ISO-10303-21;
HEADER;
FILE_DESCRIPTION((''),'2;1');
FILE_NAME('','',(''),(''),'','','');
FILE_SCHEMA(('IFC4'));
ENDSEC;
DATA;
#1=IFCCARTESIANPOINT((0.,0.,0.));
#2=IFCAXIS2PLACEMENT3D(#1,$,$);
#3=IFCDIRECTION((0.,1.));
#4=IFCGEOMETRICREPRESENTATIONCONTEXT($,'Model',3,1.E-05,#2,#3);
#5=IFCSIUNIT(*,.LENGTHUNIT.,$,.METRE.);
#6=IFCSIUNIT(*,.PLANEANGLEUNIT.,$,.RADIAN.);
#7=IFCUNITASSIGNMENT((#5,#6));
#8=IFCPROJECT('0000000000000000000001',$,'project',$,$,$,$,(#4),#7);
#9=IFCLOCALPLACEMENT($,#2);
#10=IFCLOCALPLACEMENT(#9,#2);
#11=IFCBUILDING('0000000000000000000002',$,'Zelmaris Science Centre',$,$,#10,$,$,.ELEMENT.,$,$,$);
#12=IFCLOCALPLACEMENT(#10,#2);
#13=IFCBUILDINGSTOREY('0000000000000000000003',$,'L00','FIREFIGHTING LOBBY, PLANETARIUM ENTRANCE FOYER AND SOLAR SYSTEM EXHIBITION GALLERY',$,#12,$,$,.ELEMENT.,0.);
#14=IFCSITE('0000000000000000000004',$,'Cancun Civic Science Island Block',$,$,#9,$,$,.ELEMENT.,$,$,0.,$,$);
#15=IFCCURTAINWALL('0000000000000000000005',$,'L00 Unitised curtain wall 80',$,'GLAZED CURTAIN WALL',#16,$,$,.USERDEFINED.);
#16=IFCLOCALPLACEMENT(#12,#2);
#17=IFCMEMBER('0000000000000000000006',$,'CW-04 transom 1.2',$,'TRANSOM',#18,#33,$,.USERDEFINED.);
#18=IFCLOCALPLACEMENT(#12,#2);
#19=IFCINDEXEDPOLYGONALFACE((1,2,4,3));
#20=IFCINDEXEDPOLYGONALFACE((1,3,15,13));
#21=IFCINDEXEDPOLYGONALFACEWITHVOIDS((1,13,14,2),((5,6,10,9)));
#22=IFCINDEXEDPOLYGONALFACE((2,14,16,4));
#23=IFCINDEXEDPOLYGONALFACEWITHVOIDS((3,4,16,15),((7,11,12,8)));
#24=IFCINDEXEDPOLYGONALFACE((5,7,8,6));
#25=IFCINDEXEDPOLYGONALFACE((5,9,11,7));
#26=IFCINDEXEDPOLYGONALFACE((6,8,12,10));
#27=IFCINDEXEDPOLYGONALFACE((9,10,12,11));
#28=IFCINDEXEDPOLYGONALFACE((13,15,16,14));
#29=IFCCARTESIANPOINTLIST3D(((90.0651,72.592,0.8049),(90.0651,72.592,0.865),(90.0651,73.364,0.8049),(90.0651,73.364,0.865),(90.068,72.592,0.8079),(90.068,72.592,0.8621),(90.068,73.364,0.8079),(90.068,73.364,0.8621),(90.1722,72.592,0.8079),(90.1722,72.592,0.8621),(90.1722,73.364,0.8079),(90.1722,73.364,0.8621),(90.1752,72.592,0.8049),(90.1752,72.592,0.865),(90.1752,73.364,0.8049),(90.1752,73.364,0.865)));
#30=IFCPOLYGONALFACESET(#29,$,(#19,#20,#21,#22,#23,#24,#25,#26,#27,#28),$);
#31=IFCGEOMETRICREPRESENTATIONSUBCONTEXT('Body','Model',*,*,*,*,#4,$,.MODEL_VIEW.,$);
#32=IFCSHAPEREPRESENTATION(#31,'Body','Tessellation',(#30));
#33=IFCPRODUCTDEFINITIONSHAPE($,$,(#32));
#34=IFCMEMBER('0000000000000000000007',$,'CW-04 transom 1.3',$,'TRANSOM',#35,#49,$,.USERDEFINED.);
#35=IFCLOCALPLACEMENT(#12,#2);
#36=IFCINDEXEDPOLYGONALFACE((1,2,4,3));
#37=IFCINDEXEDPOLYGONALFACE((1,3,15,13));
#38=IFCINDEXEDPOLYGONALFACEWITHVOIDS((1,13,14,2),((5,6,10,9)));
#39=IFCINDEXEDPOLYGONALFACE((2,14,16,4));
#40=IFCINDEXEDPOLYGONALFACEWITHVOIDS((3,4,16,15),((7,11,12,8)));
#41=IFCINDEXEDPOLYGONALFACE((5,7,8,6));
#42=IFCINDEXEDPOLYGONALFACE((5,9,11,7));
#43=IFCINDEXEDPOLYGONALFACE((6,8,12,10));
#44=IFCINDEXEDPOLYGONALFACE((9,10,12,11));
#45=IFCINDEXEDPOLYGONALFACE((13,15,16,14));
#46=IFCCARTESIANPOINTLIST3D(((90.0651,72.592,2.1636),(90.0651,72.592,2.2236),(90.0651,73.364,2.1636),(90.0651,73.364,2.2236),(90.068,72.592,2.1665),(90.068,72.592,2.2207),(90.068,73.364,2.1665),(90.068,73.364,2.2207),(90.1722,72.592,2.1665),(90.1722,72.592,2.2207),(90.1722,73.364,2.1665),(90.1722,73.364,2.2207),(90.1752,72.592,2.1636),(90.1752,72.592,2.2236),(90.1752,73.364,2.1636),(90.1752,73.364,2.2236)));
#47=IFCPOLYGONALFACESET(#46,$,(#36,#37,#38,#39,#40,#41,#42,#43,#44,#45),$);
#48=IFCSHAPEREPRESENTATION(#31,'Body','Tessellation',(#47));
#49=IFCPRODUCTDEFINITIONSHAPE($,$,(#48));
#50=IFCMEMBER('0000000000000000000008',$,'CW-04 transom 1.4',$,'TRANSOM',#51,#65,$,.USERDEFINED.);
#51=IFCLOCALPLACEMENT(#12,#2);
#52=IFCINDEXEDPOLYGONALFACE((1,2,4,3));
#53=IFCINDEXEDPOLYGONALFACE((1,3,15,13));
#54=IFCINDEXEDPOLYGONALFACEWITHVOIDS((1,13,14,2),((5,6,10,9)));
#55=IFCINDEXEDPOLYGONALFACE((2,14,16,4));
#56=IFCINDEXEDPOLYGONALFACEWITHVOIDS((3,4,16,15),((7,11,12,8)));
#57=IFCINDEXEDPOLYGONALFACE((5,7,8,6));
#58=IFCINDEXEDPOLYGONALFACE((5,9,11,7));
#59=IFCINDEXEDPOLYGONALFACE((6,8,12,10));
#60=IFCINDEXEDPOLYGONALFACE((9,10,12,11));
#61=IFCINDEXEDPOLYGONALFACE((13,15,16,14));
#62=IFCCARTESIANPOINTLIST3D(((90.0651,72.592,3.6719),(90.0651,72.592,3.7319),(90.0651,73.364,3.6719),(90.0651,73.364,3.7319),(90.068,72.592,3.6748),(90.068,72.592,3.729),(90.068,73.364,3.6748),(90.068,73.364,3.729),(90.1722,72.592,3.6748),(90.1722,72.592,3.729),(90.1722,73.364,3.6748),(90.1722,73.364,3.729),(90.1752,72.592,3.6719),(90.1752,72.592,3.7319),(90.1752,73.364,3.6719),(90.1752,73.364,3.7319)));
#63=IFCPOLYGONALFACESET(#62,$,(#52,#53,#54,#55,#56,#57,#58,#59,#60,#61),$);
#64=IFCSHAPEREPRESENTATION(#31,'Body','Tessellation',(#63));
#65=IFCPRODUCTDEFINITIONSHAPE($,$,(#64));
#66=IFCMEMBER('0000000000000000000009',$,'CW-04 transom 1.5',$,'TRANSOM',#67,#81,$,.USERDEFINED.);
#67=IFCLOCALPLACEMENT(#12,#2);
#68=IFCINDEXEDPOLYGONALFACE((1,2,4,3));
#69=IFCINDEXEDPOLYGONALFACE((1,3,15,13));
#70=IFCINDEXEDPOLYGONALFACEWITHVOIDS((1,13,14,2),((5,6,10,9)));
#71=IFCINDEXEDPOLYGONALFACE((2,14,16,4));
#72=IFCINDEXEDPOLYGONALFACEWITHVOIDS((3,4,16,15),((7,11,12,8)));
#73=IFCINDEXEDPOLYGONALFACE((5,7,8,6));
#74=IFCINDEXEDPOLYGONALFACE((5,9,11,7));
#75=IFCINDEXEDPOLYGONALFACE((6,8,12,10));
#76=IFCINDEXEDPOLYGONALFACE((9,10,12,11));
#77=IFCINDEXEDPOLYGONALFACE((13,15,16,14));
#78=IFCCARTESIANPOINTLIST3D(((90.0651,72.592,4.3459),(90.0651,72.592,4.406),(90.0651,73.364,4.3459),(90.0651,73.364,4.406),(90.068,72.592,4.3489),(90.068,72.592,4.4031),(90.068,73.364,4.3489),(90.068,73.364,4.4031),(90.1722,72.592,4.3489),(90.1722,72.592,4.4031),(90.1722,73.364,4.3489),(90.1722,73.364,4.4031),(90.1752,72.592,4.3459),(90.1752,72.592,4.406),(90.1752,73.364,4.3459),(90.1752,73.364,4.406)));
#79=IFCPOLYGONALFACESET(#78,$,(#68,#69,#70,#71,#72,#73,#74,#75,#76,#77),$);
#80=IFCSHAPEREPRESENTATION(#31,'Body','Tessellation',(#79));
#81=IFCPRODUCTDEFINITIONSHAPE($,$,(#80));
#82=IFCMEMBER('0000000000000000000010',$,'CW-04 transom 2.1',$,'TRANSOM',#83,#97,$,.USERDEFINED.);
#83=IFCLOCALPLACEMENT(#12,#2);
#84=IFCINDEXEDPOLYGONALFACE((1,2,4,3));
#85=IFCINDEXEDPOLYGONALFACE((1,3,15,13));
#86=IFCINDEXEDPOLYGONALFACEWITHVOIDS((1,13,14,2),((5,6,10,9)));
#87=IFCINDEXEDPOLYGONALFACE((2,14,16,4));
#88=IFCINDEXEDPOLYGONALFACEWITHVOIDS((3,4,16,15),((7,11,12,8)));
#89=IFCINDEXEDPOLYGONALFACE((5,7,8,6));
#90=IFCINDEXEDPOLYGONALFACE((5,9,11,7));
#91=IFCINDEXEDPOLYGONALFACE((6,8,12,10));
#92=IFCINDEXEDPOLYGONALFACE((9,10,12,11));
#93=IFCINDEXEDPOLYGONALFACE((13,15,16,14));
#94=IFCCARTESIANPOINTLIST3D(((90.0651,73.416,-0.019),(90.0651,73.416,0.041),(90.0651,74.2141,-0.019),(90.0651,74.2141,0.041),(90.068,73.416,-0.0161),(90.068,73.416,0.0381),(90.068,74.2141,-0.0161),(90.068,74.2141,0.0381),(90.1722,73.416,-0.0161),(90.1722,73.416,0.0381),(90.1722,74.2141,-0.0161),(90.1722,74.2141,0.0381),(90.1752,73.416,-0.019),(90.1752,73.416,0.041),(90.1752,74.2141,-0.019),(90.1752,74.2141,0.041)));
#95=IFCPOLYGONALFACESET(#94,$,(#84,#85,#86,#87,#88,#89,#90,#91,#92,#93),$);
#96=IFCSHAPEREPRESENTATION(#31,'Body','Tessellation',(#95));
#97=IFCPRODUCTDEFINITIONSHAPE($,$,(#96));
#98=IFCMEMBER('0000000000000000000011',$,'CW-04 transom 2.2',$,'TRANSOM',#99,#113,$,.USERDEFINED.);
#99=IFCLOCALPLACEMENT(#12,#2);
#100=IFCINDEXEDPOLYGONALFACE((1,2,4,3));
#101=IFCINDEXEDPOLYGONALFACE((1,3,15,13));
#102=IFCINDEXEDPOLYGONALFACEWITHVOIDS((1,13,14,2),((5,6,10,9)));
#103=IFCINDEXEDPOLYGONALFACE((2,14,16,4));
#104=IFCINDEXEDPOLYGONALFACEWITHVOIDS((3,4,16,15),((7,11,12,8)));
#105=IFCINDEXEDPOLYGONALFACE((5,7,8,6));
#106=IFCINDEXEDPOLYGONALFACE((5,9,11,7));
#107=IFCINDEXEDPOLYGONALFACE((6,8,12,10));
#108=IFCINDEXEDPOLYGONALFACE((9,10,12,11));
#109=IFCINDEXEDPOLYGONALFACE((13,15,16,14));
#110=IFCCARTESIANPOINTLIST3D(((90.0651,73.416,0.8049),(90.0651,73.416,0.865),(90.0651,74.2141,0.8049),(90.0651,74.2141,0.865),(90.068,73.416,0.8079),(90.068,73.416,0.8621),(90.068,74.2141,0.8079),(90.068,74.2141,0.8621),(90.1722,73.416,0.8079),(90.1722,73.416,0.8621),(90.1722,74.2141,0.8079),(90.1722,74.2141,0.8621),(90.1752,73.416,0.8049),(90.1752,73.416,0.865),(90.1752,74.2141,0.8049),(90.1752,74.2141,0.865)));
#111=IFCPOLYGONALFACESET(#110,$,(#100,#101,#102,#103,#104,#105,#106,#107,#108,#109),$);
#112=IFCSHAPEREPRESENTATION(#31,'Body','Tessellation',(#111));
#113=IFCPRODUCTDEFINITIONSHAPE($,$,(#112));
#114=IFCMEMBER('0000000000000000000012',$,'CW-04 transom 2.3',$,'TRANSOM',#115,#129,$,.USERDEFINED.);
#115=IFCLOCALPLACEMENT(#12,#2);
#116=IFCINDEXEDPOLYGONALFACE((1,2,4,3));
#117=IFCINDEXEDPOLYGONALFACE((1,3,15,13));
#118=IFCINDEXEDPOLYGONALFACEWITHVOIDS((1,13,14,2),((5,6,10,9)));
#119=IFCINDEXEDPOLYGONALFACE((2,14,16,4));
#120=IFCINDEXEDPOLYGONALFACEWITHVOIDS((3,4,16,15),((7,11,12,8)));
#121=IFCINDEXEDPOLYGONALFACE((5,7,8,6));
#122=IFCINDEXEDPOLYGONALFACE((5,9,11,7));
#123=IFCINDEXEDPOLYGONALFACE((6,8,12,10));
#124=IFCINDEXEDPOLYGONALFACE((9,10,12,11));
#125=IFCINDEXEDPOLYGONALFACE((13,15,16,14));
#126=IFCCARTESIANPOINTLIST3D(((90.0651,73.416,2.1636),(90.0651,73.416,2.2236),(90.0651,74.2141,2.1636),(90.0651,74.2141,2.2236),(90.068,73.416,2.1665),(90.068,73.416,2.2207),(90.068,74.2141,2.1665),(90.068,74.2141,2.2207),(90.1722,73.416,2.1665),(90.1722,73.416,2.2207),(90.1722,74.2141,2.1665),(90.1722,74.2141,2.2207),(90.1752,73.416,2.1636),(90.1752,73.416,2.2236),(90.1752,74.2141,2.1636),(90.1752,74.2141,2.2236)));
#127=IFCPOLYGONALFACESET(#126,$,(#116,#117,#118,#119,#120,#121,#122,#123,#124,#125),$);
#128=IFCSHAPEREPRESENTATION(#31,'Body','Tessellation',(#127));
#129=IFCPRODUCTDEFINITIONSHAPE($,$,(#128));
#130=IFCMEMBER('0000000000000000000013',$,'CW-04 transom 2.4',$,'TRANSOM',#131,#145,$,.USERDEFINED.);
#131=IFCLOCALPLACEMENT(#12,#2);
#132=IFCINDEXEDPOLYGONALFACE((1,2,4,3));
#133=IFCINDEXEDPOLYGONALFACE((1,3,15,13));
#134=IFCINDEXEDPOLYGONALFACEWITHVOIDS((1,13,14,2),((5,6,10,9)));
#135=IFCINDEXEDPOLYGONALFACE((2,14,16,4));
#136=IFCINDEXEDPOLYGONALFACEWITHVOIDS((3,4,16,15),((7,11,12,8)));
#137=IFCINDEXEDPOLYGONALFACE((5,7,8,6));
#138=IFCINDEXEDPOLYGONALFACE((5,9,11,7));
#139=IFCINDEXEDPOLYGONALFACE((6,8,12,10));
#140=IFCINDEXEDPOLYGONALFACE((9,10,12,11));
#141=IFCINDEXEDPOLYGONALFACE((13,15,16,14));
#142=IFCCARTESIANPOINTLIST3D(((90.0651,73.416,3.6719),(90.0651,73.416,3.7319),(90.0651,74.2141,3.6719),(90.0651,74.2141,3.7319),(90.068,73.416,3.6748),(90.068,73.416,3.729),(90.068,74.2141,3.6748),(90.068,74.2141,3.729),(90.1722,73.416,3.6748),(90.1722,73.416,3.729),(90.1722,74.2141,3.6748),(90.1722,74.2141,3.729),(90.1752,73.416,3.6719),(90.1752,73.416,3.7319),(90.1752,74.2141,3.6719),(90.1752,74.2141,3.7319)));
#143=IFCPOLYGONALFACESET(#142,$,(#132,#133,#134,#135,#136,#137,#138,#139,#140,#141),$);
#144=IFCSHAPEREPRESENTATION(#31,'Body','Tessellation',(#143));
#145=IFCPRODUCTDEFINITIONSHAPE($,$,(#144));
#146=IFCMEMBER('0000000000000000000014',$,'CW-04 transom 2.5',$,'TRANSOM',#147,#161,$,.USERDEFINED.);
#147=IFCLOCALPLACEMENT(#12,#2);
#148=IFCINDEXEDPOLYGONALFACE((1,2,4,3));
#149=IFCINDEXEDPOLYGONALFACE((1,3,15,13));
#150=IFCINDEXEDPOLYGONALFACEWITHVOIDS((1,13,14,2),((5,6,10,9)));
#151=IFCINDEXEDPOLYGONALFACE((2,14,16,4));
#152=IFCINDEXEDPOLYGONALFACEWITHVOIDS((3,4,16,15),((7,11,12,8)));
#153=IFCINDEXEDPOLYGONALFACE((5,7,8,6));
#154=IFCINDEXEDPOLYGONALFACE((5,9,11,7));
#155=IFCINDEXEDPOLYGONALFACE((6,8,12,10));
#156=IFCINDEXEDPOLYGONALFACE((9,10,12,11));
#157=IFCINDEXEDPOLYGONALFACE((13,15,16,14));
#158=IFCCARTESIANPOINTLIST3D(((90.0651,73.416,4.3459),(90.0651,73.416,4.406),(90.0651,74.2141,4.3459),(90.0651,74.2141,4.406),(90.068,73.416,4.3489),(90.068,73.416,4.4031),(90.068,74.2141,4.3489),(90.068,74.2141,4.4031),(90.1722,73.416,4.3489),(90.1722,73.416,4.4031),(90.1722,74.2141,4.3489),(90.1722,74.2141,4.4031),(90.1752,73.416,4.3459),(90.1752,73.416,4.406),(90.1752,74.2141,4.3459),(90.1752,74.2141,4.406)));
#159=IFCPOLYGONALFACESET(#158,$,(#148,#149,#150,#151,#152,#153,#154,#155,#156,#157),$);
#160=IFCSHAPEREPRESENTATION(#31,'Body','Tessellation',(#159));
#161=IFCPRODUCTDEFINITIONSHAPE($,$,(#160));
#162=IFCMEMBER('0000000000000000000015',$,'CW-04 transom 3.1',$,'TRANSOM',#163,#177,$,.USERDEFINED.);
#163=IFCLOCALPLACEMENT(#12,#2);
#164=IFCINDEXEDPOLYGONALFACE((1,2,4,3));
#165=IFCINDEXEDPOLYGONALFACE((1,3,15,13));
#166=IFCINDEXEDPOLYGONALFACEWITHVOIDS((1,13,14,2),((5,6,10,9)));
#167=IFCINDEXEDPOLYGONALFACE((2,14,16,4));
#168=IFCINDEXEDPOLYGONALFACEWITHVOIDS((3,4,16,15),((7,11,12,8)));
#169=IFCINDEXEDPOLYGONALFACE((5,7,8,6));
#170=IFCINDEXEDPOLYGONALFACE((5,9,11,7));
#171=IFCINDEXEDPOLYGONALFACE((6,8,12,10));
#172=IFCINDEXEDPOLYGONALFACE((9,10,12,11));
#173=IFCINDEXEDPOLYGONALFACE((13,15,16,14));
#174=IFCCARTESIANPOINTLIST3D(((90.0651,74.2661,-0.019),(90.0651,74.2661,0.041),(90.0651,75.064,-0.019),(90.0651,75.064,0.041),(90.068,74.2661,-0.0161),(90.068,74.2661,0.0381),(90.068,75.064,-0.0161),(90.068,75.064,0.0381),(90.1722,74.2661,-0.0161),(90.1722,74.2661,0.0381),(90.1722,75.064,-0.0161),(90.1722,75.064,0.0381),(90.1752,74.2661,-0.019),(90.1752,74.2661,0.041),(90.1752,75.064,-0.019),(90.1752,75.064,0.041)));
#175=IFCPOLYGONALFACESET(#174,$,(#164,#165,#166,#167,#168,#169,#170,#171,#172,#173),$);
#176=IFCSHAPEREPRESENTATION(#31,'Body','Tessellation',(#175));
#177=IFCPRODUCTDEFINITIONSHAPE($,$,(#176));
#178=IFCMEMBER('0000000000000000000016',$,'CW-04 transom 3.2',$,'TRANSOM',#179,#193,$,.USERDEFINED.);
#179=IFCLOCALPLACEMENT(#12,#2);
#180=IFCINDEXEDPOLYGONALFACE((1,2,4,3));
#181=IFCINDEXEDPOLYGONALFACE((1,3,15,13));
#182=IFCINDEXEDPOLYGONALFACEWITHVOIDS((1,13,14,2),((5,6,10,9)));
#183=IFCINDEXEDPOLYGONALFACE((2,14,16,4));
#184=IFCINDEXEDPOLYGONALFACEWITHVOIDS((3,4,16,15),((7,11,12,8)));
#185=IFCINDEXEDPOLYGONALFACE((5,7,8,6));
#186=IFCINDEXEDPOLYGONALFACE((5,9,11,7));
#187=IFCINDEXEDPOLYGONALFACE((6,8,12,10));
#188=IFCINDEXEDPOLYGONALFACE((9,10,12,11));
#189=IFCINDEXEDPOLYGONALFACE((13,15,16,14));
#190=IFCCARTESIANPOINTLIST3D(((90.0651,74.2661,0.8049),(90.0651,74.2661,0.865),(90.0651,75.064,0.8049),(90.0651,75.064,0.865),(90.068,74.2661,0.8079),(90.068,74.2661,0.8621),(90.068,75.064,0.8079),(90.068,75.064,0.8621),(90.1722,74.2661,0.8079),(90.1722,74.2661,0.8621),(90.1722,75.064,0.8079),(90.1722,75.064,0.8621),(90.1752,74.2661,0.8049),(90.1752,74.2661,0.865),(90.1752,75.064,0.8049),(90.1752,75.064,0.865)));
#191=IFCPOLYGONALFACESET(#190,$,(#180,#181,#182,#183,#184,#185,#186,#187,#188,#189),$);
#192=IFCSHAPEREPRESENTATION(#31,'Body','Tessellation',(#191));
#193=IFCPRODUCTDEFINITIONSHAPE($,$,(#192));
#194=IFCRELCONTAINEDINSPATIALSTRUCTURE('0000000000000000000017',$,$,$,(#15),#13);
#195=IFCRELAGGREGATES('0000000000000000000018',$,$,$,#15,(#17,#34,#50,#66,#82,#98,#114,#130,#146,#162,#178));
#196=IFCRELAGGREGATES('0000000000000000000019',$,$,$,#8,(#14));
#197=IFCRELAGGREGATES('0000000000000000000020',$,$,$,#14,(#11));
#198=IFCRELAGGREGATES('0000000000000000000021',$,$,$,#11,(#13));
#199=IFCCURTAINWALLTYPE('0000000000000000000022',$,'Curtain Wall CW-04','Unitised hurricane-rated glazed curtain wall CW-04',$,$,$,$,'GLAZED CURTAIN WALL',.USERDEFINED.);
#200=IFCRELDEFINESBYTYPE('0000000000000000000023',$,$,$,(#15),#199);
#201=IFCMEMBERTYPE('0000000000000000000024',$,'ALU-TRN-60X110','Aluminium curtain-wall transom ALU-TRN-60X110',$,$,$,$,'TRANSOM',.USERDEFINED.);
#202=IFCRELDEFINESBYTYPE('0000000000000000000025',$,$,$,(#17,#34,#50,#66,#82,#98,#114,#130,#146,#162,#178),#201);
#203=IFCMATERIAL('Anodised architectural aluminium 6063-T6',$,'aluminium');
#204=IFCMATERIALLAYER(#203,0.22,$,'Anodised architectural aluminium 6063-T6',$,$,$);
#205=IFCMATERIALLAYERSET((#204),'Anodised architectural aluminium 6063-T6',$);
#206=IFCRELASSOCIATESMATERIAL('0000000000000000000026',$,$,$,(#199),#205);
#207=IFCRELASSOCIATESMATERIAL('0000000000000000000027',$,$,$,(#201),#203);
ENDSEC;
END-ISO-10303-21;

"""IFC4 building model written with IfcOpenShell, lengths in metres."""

from ifc_helpers import new_model, si_unit, direction, frame, origin, origin_2d, place, context, subcontext, project, spatial, hollow_rectangle, extrude, material, layer, layer_set, material_profile, profile_set, type_object, element, aggregate, save


model = new_model("IFC4")

# Units and contexts
model_context = context("Model", 3, precision=1e-05, world=origin(), true_north=direction((0.0, 1.0)))
body_context = subcontext(model_context, "Body", "Model", "MODEL_VIEW")
ifc_project = project(units=[si_unit("LENGTHUNIT", "METRE"), si_unit("PLANEANGLEUNIT", "RADIAN")], contexts=[model_context])

# Site, building, storey
site_placement = place(None, origin())
site = spatial("IfcSite", under=ifc_project, at=site_placement, Name="Cancun Civic Science Island Block", CompositionType="ELEMENT", RefElevation=0.0)
building_placement = place(site_placement, origin())
building = spatial("IfcBuilding", under=site, at=building_placement, Name="Zelmaris Science Centre", CompositionType="ELEMENT")
storey_placement = place(building_placement, origin())
storey = spatial("IfcBuildingStorey", under=building, at=storey_placement, Name="L00", Description="FIREFIGHTING LOBBY, PLANETARIUM ENTRANCE FOYER AND SOLAR SYSTEM EXHIBITION GALLERY", CompositionType="ELEMENT", Elevation=0.0)

# Curtain wall
ifc_material_1 = material(Name="Anodised architectural aluminium 6063-T6", Category="aluminium")
ifc_layer_1 = layer(ifc_material_1, 0.22, Name="Anodised architectural aluminium 6063-T6")
ifc_layer_set_1 = layer_set([ifc_layer_1], Name="Anodised architectural aluminium 6063-T6")
curtain_wall_type_1 = type_object("IfcCurtainWallType", Name="Curtain Wall CW-04", Description="Unitised hurricane-rated glazed curtain wall CW-04", ElementType="GLAZED CURTAIN WALL", PredefinedType="USERDEFINED", material=ifc_layer_set_1)
curtain_wall_1_placement = place(storey_placement, origin())
curtain_wall_1 = element("IfcCurtainWall", 1, at=curtain_wall_1_placement, inside=storey, type_object=curtain_wall_type_1, Name="L00 Unitised curtain wall 80", ObjectType="GLAZED CURTAIN WALL", PredefinedType="USERDEFINED")

# Members
ifc_material_profile_1 = material_profile(ifc_material_1, hollow_rectangle(XDim=0.0601, YDim=0.1101, WallThickness=0.0029, at=origin_2d()), Name="ALU-TRN-60X110")
ifc_profile_set_1 = profile_set([ifc_material_profile_1], Name="Anodised architectural aluminium 6063-T6")
member_type_1 = type_object("IfcMemberType", Name="ALU-TRN-60X110", Description="Aluminium curtain-wall transom ALU-TRN-60X110", ElementType="TRANSOM", PredefinedType="USERDEFINED", material=ifc_profile_set_1)
member_1_placement = place(storey_placement, frame((90.1201, 72.592, 0.835), z_axis=(0.0, 1.0, 0.0), x_axis=(0.0, 0.0, 1.0)))
member_1 = element("IfcMember", 2, at=member_1_placement, type_object=member_type_1, Name="CW-04 transom 1.2", ObjectType="TRANSOM", PredefinedType="USERDEFINED", context=body_context, shape_type="SweptSolid", body=[
    extrude(hollow_rectangle(XDim=0.0601, YDim=0.1101, WallThickness=0.0029, at=origin_2d()), origin(), (0.0, 0.0, 1.0), 0.772),
])
member_2_placement = place(storey_placement, frame((90.1201, 72.592, 2.1936), z_axis=(0.0, 1.0, 0.0), x_axis=(0.0, 0.0, 1.0)))
member_2 = element("IfcMember", 3, at=member_2_placement, type_object=member_type_1, Name="CW-04 transom 1.3", ObjectType="TRANSOM", PredefinedType="USERDEFINED", context=body_context, shape_type="SweptSolid", body=[
    extrude(hollow_rectangle(XDim=0.0601, YDim=0.1101, WallThickness=0.0029, at=origin_2d()), origin(), (0.0, 0.0, 1.0), 0.772),
])
member_3_placement = place(storey_placement, frame((90.1201, 72.592, 3.7019), z_axis=(0.0, 1.0, 0.0), x_axis=(0.0, 0.0, 1.0)))
member_3 = element("IfcMember", 4, at=member_3_placement, type_object=member_type_1, Name="CW-04 transom 1.4", ObjectType="TRANSOM", PredefinedType="USERDEFINED", context=body_context, shape_type="SweptSolid", body=[
    extrude(hollow_rectangle(XDim=0.0601, YDim=0.1101, WallThickness=0.0029, at=origin_2d()), origin(), (0.0, 0.0, 1.0), 0.772),
])
member_4_placement = place(storey_placement, frame((90.1201, 72.592, 4.376), z_axis=(0.0, 1.0, 0.0), x_axis=(0.0, 0.0, 1.0)))
member_4 = element("IfcMember", 5, at=member_4_placement, type_object=member_type_1, Name="CW-04 transom 1.5", ObjectType="TRANSOM", PredefinedType="USERDEFINED", context=body_context, shape_type="SweptSolid", body=[
    extrude(hollow_rectangle(XDim=0.0601, YDim=0.1101, WallThickness=0.0029, at=origin_2d()), origin(), (0.0, 0.0, 1.0), 0.772),
])
member_5_placement = place(storey_placement, frame((90.1201, 73.416, 0.011), z_axis=(0.0, 1.0, 0.0), x_axis=(0.0, 0.0, 1.0)))
member_5 = element("IfcMember", 6, at=member_5_placement, type_object=member_type_1, Name="CW-04 transom 2.1", ObjectType="TRANSOM", PredefinedType="USERDEFINED", context=body_context, shape_type="SweptSolid", body=[
    extrude(hollow_rectangle(XDim=0.0601, YDim=0.1101, WallThickness=0.0029, at=origin_2d()), origin(), (0.0, 0.0, 1.0), 0.7981),
])
member_6_placement = place(storey_placement, frame((90.1201, 73.416, 0.835), z_axis=(0.0, 1.0, 0.0), x_axis=(0.0, 0.0, 1.0)))
member_6 = element("IfcMember", 7, at=member_6_placement, type_object=member_type_1, Name="CW-04 transom 2.2", ObjectType="TRANSOM", PredefinedType="USERDEFINED", context=body_context, shape_type="SweptSolid", body=[
    extrude(hollow_rectangle(XDim=0.0601, YDim=0.1101, WallThickness=0.0029, at=origin_2d()), origin(), (0.0, 0.0, 1.0), 0.7981),
])
member_7_placement = place(storey_placement, frame((90.1201, 73.416, 2.1936), z_axis=(0.0, 1.0, 0.0), x_axis=(0.0, 0.0, 1.0)))
member_7 = element("IfcMember", 8, at=member_7_placement, type_object=member_type_1, Name="CW-04 transom 2.3", ObjectType="TRANSOM", PredefinedType="USERDEFINED", context=body_context, shape_type="SweptSolid", body=[
    extrude(hollow_rectangle(XDim=0.0601, YDim=0.1101, WallThickness=0.0029, at=origin_2d()), origin(), (0.0, 0.0, 1.0), 0.7981),
])
member_8_placement = place(storey_placement, frame((90.1201, 73.416, 3.7019), z_axis=(0.0, 1.0, 0.0), x_axis=(0.0, 0.0, 1.0)))
member_8 = element("IfcMember", 9, at=member_8_placement, type_object=member_type_1, Name="CW-04 transom 2.4", ObjectType="TRANSOM", PredefinedType="USERDEFINED", context=body_context, shape_type="SweptSolid", body=[
    extrude(hollow_rectangle(XDim=0.0601, YDim=0.1101, WallThickness=0.0029, at=origin_2d()), origin(), (0.0, 0.0, 1.0), 0.7981),
])
member_9_placement = place(storey_placement, frame((90.1201, 73.416, 4.376), z_axis=(0.0, 1.0, 0.0), x_axis=(0.0, 0.0, 1.0)))
member_9 = element("IfcMember", 10, at=member_9_placement, type_object=member_type_1, Name="CW-04 transom 2.5", ObjectType="TRANSOM", PredefinedType="USERDEFINED", context=body_context, shape_type="SweptSolid", body=[
    extrude(hollow_rectangle(XDim=0.0601, YDim=0.1101, WallThickness=0.0029, at=origin_2d()), origin(), (0.0, 0.0, 1.0), 0.7981),
])
member_10_placement = place(storey_placement, frame((90.1201, 74.2661, 0.011), z_axis=(0.0, 1.0, 0.0), x_axis=(0.0, 0.0, 1.0)))
member_10 = element("IfcMember", 11, at=member_10_placement, type_object=member_type_1, Name="CW-04 transom 3.1", ObjectType="TRANSOM", PredefinedType="USERDEFINED", context=body_context, shape_type="SweptSolid", body=[
    extrude(hollow_rectangle(XDim=0.0601, YDim=0.1101, WallThickness=0.0029, at=origin_2d()), origin(), (0.0, 0.0, 1.0), 0.7979),
])
member_11_placement = place(storey_placement, frame((90.1201, 74.2661, 0.835), z_axis=(0.0, 1.0, 0.0), x_axis=(0.0, 0.0, 1.0)))
member_11 = element("IfcMember", 12, at=member_11_placement, type_object=member_type_1, Name="CW-04 transom 3.2", ObjectType="TRANSOM", PredefinedType="USERDEFINED", context=body_context, shape_type="SweptSolid", body=[
    extrude(hollow_rectangle(XDim=0.0601, YDim=0.1101, WallThickness=0.0029, at=origin_2d()), origin(), (0.0, 0.0, 1.0), 0.7979),
])

aggregate(curtain_wall_1, [member_1, member_2, member_3, member_4, member_5, member_6, member_7, member_8, member_9, member_10, member_11])

save(model, "model.ifc")
